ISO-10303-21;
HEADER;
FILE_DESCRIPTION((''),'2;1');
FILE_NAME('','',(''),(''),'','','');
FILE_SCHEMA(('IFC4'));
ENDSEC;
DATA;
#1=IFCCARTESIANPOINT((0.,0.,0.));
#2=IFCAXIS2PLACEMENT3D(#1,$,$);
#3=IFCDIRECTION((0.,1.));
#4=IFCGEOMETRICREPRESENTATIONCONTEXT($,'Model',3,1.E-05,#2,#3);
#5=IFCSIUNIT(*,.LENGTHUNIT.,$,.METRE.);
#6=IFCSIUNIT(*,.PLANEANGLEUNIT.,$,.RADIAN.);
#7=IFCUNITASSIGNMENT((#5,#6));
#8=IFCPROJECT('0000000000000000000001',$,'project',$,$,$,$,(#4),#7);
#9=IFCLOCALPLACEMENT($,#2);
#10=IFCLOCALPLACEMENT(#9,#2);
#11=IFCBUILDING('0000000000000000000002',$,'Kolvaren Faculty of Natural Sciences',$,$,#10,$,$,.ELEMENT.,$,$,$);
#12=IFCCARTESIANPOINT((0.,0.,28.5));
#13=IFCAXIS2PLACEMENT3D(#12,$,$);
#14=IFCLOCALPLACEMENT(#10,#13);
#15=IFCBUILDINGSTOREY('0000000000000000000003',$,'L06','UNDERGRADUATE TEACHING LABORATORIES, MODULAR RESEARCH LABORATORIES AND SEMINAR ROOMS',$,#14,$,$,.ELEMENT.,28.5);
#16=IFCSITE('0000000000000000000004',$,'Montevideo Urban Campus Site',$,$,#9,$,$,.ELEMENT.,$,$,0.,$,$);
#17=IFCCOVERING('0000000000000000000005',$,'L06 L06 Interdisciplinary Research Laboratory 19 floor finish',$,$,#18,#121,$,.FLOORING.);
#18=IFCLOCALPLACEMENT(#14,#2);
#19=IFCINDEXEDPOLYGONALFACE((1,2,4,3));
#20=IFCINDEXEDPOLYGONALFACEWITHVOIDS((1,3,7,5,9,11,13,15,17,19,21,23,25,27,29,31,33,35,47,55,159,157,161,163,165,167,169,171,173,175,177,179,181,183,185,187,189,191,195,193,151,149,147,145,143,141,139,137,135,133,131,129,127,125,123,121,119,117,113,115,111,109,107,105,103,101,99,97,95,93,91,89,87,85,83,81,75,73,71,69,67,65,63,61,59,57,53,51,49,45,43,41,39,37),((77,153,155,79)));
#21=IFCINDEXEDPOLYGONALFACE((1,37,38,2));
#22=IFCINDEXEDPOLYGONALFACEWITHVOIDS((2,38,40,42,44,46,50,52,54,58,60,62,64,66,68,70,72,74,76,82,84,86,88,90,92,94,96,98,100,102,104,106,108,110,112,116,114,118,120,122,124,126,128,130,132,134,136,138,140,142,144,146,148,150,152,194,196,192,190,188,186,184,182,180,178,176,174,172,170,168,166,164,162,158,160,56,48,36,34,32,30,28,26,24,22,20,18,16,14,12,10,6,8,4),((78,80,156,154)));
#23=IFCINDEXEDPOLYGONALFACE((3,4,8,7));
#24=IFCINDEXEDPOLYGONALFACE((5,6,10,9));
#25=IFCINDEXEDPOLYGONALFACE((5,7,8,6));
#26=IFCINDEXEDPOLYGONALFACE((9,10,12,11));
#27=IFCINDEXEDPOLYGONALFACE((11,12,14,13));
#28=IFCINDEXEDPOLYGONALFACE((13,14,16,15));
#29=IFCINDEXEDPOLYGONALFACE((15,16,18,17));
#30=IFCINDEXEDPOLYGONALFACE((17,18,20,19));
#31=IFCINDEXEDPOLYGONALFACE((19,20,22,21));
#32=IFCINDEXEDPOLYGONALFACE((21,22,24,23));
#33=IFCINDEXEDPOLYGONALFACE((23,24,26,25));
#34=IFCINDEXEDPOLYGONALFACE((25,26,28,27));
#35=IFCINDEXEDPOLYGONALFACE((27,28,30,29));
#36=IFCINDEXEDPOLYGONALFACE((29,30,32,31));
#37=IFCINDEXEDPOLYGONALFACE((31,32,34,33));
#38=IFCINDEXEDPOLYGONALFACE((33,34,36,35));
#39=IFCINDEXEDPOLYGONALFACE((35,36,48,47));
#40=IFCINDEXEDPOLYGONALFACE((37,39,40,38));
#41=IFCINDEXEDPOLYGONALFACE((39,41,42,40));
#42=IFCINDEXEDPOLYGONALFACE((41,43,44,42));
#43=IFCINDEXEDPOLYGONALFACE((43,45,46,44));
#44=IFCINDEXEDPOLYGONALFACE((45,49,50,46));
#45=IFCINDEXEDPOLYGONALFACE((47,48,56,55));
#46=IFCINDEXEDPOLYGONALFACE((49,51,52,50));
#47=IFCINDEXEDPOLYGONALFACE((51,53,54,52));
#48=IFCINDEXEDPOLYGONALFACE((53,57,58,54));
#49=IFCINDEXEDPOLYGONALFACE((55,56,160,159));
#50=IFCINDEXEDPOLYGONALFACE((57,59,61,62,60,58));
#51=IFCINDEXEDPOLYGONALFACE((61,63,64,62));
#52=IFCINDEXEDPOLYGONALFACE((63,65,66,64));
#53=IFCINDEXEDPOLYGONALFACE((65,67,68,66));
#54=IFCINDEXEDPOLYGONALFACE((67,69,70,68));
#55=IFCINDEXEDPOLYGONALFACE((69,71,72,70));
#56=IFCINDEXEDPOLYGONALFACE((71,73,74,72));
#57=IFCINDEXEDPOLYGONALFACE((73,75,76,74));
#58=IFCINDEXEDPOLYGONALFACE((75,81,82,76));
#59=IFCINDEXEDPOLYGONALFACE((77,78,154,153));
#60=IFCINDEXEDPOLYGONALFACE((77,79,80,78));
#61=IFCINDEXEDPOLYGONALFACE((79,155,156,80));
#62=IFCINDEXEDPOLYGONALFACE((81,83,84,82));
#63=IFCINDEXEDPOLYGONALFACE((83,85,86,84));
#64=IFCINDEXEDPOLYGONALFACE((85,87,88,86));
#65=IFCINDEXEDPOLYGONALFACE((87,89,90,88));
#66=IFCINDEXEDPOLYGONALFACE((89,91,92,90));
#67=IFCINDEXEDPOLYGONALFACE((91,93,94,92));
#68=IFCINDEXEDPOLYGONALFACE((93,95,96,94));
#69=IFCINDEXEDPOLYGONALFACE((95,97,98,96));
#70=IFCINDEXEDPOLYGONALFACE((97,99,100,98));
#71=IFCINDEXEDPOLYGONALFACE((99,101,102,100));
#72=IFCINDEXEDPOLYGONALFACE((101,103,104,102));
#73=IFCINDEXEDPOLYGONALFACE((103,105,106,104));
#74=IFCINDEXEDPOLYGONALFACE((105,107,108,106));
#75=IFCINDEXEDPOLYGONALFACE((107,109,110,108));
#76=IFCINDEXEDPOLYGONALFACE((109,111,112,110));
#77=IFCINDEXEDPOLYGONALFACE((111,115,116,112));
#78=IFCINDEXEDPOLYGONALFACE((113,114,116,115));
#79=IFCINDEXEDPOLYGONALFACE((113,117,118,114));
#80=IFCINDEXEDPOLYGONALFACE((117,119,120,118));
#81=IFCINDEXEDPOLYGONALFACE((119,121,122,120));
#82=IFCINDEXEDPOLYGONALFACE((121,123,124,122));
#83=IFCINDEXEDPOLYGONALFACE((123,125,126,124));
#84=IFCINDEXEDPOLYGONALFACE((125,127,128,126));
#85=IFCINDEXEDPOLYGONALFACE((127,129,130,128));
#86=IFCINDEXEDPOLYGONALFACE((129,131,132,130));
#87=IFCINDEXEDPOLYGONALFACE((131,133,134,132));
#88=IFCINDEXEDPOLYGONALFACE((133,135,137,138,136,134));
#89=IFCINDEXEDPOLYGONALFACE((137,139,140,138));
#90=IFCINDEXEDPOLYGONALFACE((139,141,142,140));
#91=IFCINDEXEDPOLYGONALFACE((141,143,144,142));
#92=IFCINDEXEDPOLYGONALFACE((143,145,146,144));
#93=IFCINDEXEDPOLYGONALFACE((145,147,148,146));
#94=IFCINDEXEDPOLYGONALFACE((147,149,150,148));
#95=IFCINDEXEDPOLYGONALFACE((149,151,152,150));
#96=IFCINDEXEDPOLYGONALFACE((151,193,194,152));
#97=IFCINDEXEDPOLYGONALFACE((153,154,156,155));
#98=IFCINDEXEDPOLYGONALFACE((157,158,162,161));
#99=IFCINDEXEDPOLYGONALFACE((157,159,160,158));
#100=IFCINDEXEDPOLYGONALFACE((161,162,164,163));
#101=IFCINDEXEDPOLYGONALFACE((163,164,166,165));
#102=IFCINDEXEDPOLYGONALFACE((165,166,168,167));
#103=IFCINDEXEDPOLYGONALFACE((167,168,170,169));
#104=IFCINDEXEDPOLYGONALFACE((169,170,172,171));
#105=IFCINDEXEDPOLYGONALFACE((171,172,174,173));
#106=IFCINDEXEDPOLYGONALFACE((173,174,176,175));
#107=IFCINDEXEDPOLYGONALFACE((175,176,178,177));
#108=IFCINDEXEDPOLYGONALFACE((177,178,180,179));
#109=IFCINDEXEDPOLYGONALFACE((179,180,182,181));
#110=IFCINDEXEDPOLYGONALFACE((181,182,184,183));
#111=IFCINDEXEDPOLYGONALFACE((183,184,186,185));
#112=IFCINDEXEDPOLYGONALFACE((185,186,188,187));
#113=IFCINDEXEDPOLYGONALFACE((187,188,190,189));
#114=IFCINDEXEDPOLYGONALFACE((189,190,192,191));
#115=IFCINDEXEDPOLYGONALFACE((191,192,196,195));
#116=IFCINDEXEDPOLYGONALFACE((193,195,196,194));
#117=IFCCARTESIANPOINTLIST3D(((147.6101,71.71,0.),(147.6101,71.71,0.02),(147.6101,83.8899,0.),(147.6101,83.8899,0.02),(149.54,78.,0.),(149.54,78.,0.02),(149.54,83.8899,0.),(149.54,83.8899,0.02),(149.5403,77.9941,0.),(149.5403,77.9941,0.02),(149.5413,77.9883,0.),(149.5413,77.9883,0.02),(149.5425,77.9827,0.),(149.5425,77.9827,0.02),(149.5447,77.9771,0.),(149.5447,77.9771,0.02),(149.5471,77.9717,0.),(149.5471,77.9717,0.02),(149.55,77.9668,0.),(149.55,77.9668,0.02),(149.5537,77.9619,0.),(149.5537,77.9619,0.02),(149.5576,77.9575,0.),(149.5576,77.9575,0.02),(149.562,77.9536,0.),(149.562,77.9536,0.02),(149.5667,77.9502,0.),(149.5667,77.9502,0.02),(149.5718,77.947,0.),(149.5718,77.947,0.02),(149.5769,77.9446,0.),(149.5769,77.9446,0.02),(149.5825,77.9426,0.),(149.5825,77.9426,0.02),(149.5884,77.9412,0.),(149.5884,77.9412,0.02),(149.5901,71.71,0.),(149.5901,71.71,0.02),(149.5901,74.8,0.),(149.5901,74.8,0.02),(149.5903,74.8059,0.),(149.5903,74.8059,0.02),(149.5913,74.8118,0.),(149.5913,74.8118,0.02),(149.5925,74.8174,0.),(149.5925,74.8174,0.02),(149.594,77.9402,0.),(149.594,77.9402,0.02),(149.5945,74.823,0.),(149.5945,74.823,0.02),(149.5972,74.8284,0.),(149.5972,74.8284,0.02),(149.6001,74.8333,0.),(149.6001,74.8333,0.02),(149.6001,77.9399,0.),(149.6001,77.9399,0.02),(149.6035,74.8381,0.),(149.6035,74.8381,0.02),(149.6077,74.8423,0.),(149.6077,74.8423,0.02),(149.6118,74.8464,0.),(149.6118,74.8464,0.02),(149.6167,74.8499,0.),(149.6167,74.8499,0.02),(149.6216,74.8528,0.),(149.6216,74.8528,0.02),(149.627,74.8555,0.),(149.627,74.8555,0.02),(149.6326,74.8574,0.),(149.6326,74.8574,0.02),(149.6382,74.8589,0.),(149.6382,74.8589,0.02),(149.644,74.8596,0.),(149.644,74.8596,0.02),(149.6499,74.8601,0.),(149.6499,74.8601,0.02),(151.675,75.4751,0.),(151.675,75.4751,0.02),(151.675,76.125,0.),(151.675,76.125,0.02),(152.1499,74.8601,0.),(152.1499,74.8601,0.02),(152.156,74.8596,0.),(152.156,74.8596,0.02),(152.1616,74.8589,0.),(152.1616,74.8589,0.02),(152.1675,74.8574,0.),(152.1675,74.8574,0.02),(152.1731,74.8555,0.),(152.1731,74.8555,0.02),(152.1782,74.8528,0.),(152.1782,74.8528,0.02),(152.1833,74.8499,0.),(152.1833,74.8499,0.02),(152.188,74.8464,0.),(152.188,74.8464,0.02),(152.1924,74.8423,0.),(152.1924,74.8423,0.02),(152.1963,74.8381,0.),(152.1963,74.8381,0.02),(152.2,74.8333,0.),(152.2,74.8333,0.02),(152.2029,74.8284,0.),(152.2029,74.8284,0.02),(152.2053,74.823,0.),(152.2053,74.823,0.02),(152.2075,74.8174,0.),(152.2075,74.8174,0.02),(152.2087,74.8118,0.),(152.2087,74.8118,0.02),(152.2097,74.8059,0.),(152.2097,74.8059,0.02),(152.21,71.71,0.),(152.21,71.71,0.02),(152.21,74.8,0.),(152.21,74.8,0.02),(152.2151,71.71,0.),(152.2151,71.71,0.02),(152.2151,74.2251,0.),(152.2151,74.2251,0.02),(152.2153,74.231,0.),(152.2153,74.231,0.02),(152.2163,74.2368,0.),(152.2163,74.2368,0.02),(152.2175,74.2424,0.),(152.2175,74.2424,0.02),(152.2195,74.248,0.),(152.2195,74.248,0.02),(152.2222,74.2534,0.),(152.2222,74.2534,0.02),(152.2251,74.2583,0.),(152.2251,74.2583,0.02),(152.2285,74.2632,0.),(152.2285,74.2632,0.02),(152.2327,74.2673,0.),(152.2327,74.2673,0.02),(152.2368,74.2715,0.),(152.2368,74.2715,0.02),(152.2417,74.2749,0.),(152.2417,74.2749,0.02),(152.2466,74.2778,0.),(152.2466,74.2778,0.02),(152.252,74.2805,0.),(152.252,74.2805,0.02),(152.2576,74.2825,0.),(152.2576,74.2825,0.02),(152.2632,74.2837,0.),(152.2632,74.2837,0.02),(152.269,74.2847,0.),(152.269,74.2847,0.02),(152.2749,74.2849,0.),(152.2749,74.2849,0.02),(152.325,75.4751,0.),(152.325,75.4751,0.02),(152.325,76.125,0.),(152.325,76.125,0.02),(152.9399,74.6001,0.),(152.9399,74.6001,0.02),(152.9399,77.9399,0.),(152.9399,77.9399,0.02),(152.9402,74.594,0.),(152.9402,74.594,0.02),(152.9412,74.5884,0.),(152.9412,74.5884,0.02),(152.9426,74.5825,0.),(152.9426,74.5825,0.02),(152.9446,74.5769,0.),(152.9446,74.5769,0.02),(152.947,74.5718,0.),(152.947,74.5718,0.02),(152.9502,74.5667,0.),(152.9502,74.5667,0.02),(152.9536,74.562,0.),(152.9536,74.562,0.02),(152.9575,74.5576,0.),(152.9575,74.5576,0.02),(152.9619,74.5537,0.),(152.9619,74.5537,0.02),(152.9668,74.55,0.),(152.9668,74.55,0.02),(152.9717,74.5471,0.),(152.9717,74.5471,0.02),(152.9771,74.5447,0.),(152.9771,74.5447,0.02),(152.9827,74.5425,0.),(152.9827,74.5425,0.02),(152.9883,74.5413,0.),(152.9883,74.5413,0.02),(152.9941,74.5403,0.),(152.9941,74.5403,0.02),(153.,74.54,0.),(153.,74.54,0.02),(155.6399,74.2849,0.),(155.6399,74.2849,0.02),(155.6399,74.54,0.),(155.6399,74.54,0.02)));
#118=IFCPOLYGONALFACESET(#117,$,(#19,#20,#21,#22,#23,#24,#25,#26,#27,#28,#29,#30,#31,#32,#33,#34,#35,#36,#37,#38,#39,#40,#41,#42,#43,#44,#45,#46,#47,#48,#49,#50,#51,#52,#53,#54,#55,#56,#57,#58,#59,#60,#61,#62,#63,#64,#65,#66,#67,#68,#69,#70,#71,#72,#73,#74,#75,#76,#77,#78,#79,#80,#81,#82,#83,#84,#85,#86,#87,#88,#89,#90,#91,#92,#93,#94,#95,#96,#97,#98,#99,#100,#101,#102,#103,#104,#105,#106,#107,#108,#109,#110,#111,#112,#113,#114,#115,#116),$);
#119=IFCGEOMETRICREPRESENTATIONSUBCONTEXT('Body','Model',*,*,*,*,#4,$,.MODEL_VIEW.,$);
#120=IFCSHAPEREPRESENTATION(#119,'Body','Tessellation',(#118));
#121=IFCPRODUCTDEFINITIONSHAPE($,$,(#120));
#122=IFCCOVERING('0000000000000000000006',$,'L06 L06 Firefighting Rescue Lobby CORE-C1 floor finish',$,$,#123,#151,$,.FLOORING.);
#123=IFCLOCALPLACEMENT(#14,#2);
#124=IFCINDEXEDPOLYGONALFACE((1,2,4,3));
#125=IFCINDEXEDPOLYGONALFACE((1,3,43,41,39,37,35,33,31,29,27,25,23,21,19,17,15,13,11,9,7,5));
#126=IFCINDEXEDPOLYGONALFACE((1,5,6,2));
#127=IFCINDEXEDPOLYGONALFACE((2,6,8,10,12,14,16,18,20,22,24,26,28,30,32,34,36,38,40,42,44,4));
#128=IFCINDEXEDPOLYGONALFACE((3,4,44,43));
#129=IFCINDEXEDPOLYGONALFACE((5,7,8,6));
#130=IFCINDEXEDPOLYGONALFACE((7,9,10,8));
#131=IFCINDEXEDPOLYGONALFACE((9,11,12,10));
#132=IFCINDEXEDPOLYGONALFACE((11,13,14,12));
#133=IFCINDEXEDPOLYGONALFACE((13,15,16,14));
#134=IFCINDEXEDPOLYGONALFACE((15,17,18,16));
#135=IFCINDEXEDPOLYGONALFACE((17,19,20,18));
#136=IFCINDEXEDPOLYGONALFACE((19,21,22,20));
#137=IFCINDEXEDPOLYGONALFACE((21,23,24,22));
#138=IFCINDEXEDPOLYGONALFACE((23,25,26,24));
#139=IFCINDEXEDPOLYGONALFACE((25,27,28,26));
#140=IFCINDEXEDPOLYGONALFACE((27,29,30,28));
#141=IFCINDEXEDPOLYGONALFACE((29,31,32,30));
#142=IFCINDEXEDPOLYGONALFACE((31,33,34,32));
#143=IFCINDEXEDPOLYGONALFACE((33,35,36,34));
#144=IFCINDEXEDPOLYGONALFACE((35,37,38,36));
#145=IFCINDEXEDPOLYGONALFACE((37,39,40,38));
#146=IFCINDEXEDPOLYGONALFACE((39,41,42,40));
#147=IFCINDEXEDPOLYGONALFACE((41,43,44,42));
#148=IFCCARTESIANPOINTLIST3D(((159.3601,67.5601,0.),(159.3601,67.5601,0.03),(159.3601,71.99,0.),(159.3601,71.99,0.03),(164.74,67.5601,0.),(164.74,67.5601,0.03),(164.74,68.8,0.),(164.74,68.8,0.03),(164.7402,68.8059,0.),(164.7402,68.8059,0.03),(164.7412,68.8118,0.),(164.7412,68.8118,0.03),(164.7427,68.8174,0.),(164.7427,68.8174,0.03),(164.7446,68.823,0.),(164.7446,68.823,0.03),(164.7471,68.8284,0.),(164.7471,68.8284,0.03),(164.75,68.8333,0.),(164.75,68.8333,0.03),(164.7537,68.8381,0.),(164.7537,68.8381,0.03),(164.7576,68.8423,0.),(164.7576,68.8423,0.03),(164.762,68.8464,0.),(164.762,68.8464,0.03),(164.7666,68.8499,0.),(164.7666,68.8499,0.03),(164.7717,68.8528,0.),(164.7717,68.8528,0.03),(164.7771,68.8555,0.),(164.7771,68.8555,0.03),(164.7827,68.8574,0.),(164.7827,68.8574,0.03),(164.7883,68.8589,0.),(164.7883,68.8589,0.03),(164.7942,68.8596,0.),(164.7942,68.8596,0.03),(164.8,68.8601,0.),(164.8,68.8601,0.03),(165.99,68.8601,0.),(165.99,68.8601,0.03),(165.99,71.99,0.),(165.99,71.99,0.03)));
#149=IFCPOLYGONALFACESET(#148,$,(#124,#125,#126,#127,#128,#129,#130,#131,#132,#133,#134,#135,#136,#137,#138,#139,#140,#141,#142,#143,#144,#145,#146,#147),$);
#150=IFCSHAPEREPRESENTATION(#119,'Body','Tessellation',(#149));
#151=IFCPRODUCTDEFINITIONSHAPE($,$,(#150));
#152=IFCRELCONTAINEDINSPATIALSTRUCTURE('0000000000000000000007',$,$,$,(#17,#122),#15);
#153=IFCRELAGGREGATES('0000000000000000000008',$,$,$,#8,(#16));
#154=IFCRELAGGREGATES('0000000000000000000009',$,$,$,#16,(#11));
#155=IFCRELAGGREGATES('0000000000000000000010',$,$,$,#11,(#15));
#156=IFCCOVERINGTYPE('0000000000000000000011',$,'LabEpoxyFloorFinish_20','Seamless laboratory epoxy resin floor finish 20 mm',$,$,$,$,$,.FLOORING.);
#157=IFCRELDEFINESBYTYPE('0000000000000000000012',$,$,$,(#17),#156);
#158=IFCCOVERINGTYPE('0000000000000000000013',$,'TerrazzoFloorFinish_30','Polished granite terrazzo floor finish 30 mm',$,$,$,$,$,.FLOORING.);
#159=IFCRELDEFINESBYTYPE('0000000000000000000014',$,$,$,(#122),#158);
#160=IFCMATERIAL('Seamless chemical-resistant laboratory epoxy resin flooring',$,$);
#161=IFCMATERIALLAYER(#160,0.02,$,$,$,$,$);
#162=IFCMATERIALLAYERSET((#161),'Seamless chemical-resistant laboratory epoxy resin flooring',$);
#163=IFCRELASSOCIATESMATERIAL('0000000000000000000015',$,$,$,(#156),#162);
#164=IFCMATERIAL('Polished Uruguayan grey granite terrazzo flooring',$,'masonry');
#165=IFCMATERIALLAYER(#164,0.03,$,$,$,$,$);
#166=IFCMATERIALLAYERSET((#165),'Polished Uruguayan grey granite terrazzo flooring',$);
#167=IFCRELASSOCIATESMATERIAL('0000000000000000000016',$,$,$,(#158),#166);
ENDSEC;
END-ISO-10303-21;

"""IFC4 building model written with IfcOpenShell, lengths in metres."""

from ifc_helpers import new_model, si_unit, direction, frame, origin, place, context, subcontext, project, spatial, polyline, outline, extrude, material, layer, layer_set, type_object, element, save


model = new_model("IFC4")

# Units and contexts
model_context = context("Model", 3, precision=1e-05, world=origin(), true_north=direction((0.0, 1.0)))
body_context = subcontext(model_context, "Body", "Model", "MODEL_VIEW")
ifc_project = project(units=[si_unit("LENGTHUNIT", "METRE"), si_unit("PLANEANGLEUNIT", "RADIAN")], contexts=[model_context])

# Site, building, storey
site_placement = place(None, origin())
site = spatial("IfcSite", under=ifc_project, at=site_placement, Name="Montevideo Urban Campus Site", CompositionType="ELEMENT", RefElevation=0.0)
building_placement = place(site_placement, origin())
building = spatial("IfcBuilding", under=site, at=building_placement, Name="Kolvaren Faculty of Natural Sciences", CompositionType="ELEMENT")
storey_placement = place(building_placement, frame((0.0, 0.0, 28.5)))
storey = spatial("IfcBuildingStorey", under=building, at=storey_placement, Name="L06", Description="UNDERGRADUATE TEACHING LABORATORIES, MODULAR RESEARCH LABORATORIES AND SEMINAR ROOMS", CompositionType="ELEMENT", Elevation=28.5)

# Coverings
ifc_material_1 = material(Name="Seamless chemical-resistant laboratory epoxy resin flooring")
ifc_layer_1 = layer(ifc_material_1, 0.02)
ifc_layer_set_1 = layer_set([ifc_layer_1], Name="Seamless chemical-resistant laboratory epoxy resin flooring")
covering_type_1 = type_object("IfcCoveringType", Name="LabEpoxyFloorFinish_20", Description="Seamless laboratory epoxy resin floor finish 20 mm", PredefinedType="FLOORING", material=ifc_layer_set_1)
covering_1_placement = place(storey_placement, origin())
element("IfcCovering", 1, at=covering_1_placement, inside=storey, type_object=covering_type_1, Name="L06 L06 Interdisciplinary Research Laboratory 19 floor finish", PredefinedType="FLOORING", context=body_context, shape_type="SweptSolid", body=[
    extrude(outline(polyline([(149.54, 78.0), (149.5403, 77.9941), (149.5413, 77.9883), (149.5425, 77.9827), (149.5447, 77.9771), (149.5471, 77.9717), (149.55, 77.9668), (149.5537, 77.9619), (149.5576, 77.9575), (149.562, 77.9536), (149.5667, 77.9502), (149.5718, 77.947), (149.5769, 77.9446), (149.5825, 77.9426), (149.5884, 77.9412), (149.594, 77.9402), (149.6001, 77.9399), (152.9399, 77.9399), (152.9399, 74.6001), (152.9402, 74.594), (152.9412, 74.5884), (152.9426, 74.5825), (152.9446, 74.5769), (152.947, 74.5718), (152.9502, 74.5667), (152.9536, 74.562), (152.9575, 74.5576), (152.9619, 74.5537), (152.9668, 74.55), (152.9717, 74.5471), (152.9771, 74.5447), (152.9827, 74.5425), (152.9883, 74.5413), (152.9941, 74.5403), (153.0, 74.54), (155.6399, 74.54), (155.6399, 74.2849), (152.2749, 74.2849), (152.269, 74.2847), (152.2632, 74.2837), (152.2576, 74.2825), (152.252, 74.2805), (152.2466, 74.2778), (152.2417, 74.2749), (152.2368, 74.2715), (152.2327, 74.2673), (152.2285, 74.2632), (152.2251, 74.2583), (152.2222, 74.2534), (152.2195, 74.248), (152.2175, 74.2424), (152.2163, 74.2368), (152.2153, 74.231), (152.2151, 74.2251), (152.2151, 71.71), (152.21, 71.71), (152.21, 74.8), (152.2097, 74.8059), (152.2087, 74.8118), (152.2075, 74.8174), (152.2053, 74.823), (152.2029, 74.8284), (152.2, 74.8333), (152.1963, 74.8381), (152.1924, 74.8423), (152.188, 74.8464), (152.1833, 74.8499), (152.1782, 74.8528), (152.1731, 74.8555), (152.1675, 74.8574), (152.1616, 74.8589), (152.156, 74.8596), (152.1499, 74.8601), (149.6499, 74.8601), (149.644, 74.8596), (149.6382, 74.8589), (149.6326, 74.8574), (149.627, 74.8555), (149.6216, 74.8528), (149.6167, 74.8499), (149.6118, 74.8464), (149.6077, 74.8423), (149.6035, 74.8381), (149.6001, 74.8333), (149.5972, 74.8284), (149.5945, 74.823), (149.5925, 74.8174), (149.5913, 74.8118), (149.5903, 74.8059), (149.5901, 74.8), (149.5901, 71.71), (147.6101, 71.71), (147.6101, 83.8899), (149.54, 83.8899), (149.54, 78.0)]), holes=[polyline([(152.325, 75.4751), (152.325, 76.125), (151.675, 76.125), (151.675, 75.4751), (152.325, 75.4751)])]), origin(), (0.0, 0.0, 1.0), 0.02),
])
ifc_material_2 = material(Name="Polished Uruguayan grey granite terrazzo flooring", Category="masonry")
ifc_layer_2 = layer(ifc_material_2, 0.03)
ifc_layer_set_2 = layer_set([ifc_layer_2], Name="Polished Uruguayan grey granite terrazzo flooring")
covering_type_2 = type_object("IfcCoveringType", Name="TerrazzoFloorFinish_30", Description="Polished granite terrazzo floor finish 30 mm", PredefinedType="FLOORING", material=ifc_layer_set_2)
covering_2_placement = place(storey_placement, origin())
element("IfcCovering", 2, at=covering_2_placement, inside=storey, type_object=covering_type_2, Name="L06 L06 Firefighting Rescue Lobby CORE-C1 floor finish", PredefinedType="FLOORING", context=body_context, shape_type="SweptSolid", body=[
    extrude(outline(polyline([(165.99, 71.99), (165.99, 68.8601), (164.8, 68.8601), (164.7942, 68.8596), (164.7883, 68.8589), (164.7827, 68.8574), (164.7771, 68.8555), (164.7717, 68.8528), (164.7666, 68.8499), (164.762, 68.8464), (164.7576, 68.8423), (164.7537, 68.8381), (164.75, 68.8333), (164.7471, 68.8284), (164.7446, 68.823), (164.7427, 68.8174), (164.7412, 68.8118), (164.7402, 68.8059), (164.74, 68.8), (164.74, 67.5601), (159.3601, 67.5601), (159.3601, 71.99), (165.99, 71.99)])), origin(), (0.0, 0.0, 1.0), 0.03),
])

save(model, "model.ifc")
